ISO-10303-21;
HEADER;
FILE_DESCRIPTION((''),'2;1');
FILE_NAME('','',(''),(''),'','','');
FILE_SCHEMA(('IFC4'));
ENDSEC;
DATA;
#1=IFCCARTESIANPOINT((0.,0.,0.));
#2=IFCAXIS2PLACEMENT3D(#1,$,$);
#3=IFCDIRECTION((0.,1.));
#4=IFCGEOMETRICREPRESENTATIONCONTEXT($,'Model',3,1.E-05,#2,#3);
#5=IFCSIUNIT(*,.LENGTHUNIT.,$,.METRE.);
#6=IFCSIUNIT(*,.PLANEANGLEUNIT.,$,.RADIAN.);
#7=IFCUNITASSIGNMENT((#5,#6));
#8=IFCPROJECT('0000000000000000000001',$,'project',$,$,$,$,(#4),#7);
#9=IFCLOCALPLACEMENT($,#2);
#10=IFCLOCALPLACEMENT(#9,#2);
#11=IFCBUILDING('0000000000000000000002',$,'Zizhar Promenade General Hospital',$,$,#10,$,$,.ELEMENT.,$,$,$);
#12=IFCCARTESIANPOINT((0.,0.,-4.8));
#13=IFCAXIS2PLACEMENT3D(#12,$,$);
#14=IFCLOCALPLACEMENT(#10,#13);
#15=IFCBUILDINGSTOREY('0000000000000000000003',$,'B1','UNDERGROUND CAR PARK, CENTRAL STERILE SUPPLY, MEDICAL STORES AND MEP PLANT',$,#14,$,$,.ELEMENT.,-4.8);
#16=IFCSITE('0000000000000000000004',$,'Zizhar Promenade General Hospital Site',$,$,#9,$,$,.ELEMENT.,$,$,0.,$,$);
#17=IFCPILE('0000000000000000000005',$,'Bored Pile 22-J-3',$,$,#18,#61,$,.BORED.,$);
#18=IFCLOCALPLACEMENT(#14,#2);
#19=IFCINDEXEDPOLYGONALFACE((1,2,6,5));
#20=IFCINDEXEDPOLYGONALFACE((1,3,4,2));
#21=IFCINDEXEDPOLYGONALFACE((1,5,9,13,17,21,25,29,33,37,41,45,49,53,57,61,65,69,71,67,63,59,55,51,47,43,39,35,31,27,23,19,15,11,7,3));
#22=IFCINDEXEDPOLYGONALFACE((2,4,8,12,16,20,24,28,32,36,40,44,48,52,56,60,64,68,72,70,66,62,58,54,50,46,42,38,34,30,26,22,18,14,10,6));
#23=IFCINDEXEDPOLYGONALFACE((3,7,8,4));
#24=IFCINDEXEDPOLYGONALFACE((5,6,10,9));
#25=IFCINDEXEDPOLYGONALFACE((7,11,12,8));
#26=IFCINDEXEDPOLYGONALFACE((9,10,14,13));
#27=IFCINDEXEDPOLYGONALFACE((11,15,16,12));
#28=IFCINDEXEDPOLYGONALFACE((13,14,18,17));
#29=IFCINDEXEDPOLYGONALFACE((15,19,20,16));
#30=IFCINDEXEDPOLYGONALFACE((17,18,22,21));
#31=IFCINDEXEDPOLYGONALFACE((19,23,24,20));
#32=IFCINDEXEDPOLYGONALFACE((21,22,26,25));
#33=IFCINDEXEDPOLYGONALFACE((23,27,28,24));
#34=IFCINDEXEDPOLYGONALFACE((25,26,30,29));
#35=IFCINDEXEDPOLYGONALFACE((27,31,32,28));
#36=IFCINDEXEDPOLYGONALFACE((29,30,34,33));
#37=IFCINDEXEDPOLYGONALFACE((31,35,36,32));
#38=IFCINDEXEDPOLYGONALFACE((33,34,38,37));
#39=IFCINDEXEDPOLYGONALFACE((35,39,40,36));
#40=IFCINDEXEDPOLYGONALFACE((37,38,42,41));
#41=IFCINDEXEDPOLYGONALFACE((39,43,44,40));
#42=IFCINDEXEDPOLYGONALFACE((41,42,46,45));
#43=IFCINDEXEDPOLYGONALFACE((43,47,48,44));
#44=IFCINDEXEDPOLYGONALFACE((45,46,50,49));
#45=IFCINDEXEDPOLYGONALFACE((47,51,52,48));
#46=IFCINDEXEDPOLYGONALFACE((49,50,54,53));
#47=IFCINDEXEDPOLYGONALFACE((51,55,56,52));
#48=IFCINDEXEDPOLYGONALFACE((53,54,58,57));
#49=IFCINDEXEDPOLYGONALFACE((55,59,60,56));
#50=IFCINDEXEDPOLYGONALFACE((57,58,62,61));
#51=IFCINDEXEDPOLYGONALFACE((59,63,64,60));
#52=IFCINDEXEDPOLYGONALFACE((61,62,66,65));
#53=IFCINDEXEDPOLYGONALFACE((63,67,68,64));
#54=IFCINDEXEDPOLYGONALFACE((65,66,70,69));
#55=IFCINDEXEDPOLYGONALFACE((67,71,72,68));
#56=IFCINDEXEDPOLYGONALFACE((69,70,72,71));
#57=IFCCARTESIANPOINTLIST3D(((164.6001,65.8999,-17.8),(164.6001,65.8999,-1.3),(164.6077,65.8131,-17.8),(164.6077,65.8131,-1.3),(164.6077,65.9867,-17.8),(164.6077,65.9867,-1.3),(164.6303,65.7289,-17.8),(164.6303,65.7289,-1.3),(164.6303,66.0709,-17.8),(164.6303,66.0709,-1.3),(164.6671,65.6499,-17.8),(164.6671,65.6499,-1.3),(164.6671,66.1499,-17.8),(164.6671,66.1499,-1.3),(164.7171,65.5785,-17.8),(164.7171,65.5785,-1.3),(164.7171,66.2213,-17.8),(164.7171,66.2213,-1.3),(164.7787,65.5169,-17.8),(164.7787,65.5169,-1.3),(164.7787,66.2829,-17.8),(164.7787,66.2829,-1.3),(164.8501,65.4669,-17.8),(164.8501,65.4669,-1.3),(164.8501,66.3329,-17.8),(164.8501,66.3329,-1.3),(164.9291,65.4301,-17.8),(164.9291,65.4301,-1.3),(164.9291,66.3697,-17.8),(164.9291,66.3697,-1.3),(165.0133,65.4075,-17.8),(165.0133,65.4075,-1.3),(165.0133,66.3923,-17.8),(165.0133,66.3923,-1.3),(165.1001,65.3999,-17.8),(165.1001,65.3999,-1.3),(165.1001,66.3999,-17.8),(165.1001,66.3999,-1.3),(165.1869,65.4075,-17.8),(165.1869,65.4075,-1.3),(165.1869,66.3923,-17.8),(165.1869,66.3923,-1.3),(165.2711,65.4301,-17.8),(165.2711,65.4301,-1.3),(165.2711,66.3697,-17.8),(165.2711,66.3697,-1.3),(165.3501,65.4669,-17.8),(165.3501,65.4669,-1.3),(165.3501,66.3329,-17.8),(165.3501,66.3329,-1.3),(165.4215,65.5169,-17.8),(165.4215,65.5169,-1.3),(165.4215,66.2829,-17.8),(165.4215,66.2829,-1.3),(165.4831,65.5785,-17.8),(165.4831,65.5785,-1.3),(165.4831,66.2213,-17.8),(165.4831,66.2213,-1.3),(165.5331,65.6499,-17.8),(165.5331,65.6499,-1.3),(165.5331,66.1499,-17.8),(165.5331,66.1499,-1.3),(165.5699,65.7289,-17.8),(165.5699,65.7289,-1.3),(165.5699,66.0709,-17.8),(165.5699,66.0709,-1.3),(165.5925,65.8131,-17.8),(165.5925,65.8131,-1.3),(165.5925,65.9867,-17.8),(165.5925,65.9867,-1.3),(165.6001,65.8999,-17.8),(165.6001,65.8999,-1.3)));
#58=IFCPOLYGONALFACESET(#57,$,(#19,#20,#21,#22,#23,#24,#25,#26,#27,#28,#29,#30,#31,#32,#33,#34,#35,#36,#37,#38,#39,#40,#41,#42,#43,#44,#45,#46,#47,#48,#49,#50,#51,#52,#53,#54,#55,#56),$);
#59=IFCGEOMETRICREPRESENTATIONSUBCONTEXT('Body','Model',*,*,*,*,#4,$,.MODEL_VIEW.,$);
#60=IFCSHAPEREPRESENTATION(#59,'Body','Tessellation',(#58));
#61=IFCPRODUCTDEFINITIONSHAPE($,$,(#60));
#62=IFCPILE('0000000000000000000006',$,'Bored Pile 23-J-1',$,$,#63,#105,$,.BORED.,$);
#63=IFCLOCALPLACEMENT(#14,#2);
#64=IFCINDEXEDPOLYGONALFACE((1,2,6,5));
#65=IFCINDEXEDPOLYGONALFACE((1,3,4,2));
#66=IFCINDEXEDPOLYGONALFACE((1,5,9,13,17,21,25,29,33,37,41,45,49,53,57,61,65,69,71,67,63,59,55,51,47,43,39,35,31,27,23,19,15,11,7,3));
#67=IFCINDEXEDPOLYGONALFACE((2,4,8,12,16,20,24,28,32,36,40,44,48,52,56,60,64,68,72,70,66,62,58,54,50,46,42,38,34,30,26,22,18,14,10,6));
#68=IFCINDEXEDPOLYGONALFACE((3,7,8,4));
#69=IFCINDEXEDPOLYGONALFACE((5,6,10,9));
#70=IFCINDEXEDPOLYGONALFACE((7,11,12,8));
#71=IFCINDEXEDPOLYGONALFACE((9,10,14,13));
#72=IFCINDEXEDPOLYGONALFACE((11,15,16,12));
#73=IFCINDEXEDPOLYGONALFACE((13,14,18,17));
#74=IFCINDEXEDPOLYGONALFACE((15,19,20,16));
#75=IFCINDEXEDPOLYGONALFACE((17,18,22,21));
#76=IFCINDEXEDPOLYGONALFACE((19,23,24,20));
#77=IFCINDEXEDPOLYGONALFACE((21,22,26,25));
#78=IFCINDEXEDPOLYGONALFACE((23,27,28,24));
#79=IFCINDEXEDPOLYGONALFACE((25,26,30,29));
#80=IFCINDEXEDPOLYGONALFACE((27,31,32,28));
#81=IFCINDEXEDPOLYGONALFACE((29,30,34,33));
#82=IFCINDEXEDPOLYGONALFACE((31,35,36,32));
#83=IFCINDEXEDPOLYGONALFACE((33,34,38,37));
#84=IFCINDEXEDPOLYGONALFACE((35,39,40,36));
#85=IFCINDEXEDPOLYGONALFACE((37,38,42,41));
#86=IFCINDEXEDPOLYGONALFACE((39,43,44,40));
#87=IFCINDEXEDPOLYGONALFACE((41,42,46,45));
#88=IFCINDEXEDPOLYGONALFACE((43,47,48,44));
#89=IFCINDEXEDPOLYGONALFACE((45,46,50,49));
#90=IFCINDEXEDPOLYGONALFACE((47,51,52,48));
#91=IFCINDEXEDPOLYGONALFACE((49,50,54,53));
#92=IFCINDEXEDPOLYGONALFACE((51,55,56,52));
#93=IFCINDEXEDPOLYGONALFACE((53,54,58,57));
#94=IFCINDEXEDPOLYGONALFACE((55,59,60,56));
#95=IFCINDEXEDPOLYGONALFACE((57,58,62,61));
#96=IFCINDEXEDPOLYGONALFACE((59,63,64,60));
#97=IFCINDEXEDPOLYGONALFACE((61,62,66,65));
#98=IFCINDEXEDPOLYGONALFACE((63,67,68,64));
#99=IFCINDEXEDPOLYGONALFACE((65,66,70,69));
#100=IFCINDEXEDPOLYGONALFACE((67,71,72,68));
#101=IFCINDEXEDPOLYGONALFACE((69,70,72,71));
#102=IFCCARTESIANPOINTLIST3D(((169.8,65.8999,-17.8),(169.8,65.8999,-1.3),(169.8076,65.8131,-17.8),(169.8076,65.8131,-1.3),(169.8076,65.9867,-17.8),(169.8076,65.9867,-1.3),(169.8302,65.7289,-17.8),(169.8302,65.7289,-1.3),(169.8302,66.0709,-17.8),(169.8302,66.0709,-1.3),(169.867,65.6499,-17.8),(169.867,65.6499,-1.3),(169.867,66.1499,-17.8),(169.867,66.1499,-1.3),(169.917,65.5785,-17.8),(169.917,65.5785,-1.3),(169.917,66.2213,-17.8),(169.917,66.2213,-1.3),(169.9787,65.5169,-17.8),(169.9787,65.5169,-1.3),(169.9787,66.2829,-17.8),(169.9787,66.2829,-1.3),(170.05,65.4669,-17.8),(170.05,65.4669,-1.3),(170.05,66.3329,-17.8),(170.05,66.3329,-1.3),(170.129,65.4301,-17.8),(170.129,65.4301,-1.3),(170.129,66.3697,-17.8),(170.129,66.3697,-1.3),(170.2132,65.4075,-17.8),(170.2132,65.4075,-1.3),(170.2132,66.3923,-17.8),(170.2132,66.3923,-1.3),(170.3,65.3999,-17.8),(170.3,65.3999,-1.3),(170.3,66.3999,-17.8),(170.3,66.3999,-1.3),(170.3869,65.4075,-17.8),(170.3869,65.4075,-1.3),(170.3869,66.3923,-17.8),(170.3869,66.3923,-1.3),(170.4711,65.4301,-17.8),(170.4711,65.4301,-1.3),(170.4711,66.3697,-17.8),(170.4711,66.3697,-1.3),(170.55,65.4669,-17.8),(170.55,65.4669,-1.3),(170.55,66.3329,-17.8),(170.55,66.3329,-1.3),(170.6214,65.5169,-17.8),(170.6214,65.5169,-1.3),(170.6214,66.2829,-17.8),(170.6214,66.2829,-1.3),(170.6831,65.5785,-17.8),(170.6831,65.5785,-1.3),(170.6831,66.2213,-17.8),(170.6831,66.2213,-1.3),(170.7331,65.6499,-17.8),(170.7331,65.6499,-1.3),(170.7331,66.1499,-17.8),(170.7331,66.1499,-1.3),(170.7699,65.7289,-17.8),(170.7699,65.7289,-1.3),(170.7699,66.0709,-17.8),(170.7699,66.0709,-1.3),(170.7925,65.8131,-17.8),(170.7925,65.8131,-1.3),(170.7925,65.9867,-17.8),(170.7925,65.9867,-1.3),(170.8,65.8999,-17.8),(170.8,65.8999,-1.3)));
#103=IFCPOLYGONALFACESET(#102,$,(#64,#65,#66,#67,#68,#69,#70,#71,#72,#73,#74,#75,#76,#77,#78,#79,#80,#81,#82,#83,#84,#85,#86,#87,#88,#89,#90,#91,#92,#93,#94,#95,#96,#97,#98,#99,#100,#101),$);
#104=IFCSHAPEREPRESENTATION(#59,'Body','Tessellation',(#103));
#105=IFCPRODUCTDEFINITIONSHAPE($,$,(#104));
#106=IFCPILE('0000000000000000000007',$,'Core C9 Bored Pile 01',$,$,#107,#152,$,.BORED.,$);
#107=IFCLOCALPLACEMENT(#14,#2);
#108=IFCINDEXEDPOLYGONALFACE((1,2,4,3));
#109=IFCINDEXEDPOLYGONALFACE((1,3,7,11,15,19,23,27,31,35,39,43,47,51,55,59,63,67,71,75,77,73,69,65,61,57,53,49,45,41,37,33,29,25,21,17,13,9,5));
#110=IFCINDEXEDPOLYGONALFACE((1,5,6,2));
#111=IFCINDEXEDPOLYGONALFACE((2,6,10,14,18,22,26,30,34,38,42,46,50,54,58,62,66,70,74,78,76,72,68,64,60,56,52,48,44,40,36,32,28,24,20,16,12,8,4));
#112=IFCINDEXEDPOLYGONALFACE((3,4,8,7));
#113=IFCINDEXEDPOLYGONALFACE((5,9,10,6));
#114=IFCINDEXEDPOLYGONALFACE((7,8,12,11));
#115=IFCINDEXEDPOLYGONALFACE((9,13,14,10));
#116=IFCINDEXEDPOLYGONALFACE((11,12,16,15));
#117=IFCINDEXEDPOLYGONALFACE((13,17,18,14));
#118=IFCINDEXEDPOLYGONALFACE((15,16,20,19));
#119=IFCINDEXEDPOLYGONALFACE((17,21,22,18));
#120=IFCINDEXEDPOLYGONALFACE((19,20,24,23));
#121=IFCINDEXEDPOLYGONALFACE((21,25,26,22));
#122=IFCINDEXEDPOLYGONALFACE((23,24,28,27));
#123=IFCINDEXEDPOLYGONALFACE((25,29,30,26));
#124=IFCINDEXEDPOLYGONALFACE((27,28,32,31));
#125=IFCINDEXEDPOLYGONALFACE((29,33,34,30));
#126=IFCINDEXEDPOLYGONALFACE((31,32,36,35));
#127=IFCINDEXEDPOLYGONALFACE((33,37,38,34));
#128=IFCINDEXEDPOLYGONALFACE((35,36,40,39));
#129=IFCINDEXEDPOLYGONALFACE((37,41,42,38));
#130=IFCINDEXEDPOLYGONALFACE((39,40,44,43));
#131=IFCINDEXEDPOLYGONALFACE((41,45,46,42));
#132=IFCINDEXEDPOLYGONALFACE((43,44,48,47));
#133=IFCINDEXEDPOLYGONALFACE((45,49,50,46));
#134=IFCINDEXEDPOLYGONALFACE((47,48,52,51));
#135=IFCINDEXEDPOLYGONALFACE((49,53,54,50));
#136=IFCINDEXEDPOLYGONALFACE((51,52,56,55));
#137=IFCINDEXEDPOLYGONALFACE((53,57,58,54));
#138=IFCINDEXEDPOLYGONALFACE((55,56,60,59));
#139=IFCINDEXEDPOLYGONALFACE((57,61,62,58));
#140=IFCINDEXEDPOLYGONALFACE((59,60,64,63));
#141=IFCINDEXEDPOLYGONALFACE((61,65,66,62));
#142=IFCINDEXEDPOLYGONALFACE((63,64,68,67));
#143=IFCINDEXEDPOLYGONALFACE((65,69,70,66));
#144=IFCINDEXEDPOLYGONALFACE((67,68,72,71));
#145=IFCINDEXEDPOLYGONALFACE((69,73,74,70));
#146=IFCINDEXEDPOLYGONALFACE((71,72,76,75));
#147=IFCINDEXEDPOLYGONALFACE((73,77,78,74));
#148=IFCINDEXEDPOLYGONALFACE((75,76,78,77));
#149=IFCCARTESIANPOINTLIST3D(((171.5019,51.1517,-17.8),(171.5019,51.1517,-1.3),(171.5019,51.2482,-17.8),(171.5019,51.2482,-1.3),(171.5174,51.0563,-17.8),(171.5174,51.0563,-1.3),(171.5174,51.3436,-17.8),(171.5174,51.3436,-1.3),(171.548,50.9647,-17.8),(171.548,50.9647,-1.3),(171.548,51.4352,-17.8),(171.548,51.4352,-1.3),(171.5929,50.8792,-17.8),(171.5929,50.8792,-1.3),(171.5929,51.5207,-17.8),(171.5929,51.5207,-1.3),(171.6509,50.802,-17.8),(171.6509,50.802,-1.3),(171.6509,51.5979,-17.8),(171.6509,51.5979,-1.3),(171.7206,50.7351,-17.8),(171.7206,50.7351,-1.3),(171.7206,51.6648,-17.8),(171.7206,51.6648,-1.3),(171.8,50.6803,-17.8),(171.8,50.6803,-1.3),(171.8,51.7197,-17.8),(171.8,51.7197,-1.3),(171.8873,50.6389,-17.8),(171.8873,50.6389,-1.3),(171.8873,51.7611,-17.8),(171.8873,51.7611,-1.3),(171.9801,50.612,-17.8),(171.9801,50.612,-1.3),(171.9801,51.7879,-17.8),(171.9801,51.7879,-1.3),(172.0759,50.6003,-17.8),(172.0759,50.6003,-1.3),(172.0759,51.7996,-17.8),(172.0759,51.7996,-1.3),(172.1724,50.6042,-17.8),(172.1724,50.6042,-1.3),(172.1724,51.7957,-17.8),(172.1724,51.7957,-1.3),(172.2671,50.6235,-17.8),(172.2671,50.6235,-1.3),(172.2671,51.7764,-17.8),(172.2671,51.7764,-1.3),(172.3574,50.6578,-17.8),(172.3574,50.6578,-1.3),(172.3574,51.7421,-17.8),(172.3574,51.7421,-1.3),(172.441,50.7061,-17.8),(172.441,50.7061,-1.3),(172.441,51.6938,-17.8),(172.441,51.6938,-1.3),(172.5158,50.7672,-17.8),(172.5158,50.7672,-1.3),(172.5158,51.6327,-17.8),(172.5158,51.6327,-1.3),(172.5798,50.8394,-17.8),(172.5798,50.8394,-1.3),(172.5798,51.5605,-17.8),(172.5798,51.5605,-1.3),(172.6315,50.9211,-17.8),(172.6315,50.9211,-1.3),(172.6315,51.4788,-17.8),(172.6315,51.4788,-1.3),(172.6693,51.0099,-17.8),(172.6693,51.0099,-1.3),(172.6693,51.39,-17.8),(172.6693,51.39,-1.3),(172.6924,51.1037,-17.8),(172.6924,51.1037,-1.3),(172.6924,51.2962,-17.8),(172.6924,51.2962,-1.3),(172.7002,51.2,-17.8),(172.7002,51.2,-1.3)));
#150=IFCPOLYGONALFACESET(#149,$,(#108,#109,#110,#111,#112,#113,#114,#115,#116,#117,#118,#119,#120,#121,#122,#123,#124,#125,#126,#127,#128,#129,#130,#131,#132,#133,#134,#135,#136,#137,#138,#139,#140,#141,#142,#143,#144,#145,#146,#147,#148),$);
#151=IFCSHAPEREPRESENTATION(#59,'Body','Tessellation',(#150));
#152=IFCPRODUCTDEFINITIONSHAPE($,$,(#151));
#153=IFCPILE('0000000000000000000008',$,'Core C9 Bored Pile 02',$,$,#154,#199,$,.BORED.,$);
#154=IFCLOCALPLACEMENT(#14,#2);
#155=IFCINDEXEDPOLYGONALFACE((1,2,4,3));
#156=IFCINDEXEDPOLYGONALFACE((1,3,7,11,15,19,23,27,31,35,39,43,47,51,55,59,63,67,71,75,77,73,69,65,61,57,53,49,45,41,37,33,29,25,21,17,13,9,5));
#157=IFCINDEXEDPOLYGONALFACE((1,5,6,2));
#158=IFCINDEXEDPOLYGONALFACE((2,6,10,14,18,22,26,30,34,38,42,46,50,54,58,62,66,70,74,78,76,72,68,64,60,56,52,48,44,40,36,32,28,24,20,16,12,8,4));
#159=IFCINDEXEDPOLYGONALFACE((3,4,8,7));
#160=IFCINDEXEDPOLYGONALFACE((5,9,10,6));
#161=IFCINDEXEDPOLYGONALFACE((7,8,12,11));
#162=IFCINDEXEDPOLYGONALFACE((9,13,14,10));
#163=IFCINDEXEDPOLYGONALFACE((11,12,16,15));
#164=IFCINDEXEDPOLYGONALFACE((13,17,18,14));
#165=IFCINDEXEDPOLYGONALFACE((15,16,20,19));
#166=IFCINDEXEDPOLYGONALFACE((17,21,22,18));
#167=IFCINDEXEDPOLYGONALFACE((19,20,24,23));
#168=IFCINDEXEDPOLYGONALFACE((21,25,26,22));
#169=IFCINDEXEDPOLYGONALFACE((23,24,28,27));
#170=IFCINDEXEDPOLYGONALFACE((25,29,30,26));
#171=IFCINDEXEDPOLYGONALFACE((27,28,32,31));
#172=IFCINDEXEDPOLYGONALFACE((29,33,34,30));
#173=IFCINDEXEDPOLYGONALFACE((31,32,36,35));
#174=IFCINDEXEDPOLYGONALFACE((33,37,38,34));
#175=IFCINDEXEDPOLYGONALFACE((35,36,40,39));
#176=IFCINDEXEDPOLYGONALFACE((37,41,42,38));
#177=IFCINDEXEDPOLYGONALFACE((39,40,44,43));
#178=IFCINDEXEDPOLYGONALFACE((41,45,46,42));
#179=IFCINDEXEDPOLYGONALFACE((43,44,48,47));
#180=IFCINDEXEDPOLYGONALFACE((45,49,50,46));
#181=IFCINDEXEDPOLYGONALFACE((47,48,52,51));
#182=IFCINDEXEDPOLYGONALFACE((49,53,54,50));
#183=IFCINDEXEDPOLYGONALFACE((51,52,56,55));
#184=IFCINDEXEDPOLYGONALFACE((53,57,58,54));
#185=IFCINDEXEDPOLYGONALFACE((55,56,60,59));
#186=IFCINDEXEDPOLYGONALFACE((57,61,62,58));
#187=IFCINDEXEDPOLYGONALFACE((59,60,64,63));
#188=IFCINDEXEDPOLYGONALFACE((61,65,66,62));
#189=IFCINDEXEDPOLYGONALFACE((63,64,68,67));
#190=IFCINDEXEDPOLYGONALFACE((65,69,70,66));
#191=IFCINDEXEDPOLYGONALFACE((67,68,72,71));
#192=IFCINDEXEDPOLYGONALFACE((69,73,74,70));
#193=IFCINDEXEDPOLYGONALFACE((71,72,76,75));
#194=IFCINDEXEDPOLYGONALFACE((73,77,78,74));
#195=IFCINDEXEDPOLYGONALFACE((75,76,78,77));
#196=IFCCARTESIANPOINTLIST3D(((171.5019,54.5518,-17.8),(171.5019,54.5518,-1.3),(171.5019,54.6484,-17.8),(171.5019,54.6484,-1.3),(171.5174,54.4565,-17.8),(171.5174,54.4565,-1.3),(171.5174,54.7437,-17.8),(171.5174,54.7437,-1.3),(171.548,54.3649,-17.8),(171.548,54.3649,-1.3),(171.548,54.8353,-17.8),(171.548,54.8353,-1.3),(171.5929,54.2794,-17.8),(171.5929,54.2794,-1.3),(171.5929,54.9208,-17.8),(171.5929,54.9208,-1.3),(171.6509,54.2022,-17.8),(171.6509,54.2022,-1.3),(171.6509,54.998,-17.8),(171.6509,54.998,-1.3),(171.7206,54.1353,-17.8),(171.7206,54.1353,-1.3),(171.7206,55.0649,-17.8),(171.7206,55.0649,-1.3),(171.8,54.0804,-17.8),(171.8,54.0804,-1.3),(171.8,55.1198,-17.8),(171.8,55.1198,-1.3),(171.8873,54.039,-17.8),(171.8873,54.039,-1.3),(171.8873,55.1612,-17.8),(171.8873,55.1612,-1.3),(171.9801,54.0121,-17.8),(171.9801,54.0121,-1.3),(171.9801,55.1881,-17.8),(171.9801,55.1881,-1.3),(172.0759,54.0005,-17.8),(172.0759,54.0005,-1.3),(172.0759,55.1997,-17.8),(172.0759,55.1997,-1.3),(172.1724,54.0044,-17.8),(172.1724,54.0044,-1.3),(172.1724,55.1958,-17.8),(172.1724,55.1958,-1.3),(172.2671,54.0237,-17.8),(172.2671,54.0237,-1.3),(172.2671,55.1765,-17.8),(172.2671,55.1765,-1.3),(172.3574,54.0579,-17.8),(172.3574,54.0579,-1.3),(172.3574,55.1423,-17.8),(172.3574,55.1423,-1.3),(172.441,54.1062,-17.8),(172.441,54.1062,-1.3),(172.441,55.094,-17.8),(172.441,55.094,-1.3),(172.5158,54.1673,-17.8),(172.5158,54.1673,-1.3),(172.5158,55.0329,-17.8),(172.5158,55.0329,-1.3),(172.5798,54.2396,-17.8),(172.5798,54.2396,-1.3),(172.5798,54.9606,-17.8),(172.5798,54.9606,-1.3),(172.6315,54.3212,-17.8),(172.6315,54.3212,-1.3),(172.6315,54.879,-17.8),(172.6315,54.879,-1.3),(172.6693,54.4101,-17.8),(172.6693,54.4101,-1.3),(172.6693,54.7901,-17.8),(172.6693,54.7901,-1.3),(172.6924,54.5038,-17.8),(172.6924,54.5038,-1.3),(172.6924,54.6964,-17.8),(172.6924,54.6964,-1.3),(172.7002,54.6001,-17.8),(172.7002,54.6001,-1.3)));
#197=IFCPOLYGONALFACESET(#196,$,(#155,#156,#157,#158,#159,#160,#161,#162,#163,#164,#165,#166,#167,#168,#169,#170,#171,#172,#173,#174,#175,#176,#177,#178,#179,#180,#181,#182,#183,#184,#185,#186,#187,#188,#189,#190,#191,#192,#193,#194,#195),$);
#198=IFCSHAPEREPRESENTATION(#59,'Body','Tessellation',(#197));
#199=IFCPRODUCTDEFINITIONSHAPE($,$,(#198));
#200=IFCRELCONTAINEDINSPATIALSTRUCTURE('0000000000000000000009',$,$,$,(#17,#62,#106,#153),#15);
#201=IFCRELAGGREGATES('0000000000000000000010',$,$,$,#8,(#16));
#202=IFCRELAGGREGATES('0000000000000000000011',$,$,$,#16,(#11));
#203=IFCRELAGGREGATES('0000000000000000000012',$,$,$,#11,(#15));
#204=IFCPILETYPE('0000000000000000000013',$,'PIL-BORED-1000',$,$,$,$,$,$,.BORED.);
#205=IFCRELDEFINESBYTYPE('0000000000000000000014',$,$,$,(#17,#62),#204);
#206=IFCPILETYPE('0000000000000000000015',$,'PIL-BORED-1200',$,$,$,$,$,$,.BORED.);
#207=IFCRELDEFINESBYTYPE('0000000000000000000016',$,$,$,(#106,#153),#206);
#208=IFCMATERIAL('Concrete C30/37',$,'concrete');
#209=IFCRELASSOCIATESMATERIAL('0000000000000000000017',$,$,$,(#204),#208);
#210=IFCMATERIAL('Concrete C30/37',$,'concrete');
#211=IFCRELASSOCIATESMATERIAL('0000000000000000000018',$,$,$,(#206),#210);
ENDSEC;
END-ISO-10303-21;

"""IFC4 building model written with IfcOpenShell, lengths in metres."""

from ifc_helpers import new_model, si_unit, direction, frame, origin, origin_2d, place, context, subcontext, project, spatial, circle, extrude, material, material_profile, profile_set, type_object, element, save


model = new_model("IFC4")

# Units and contexts
model_context = context("Model", 3, precision=1e-05, world=origin(), true_north=direction((0.0, 1.0)))
body_context = subcontext(model_context, "Body", "Model", "MODEL_VIEW")
ifc_project = project(units=[si_unit("LENGTHUNIT", "METRE"), si_unit("PLANEANGLEUNIT", "RADIAN")], contexts=[model_context])

# Site, building, storey
site_placement = place(None, origin())
site = spatial("IfcSite", under=ifc_project, at=site_placement, Name="Zizhar Promenade General Hospital Site", CompositionType="ELEMENT", RefElevation=0.0)
building_placement = place(site_placement, origin())
building = spatial("IfcBuilding", under=site, at=building_placement, Name="Zizhar Promenade General Hospital", CompositionType="ELEMENT")
storey_placement = place(building_placement, frame((0.0, 0.0, -4.8)))
storey = spatial("IfcBuildingStorey", under=building, at=storey_placement, Name="B1", Description="UNDERGROUND CAR PARK, CENTRAL STERILE SUPPLY, MEDICAL STORES AND MEP PLANT", CompositionType="ELEMENT", Elevation=-4.8)

# Piles
ifc_material_1 = material(Name="Concrete C30/37", Category="concrete")
ifc_material_profile_1 = material_profile(ifc_material_1, circle(Radius=0.5, at=origin_2d()))
ifc_profile_set_1 = profile_set([ifc_material_profile_1], Name="Concrete C30/37")
pile_type_1 = type_object("IfcPileType", Name="PIL-BORED-1000", PredefinedType="BORED", material=ifc_profile_set_1)
for number, where, z_axis, x_axis, name in (
    (1, (165.1001, 65.8999, -1.3), (0.0, 0.0, -1.0), (1.0, 0.0, 0.0), "Bored Pile 22-J-3"),
    (2, (170.3, 65.8999, -1.3), (0.0, 0.0, -1.0), (1.0, 0.0, 0.0), "Bored Pile 23-J-1"),
):
    element("IfcPile", number, at=place(storey_placement, frame(where, z_axis=z_axis, x_axis=x_axis)), inside=storey, type_object=pile_type_1, Name=name, PredefinedType="BORED", context=body_context, shape_type="SweptSolid", body=[
        extrude(circle(Radius=0.5, at=origin_2d()), origin(), (0.0, 0.0, 1.0), 16.5),
    ])
ifc_material_2 = material(Name="Concrete C30/37", Category="concrete")
ifc_material_profile_2 = material_profile(ifc_material_2, circle(Radius=0.6001, at=origin_2d()))
ifc_profile_set_2 = profile_set([ifc_material_profile_2], Name="Concrete C30/37")
pile_type_2 = type_object("IfcPileType", Name="PIL-BORED-1200", PredefinedType="BORED", material=ifc_profile_set_2)
for number, where, z_axis, x_axis, name in (
    (3, (172.1001, 51.2, -1.3), (0.0, 0.0, -1.0), (1.0, 0.0, 0.0), "Core C9 Bored Pile 01"),
    (4, (172.1001, 54.6001, -1.3), (0.0, 0.0, -1.0), (1.0, 0.0, 0.0), "Core C9 Bored Pile 02"),
):
    element("IfcPile", number, at=place(storey_placement, frame(where, z_axis=z_axis, x_axis=x_axis)), inside=storey, type_object=pile_type_2, Name=name, PredefinedType="BORED", context=body_context, shape_type="SweptSolid", body=[
        extrude(circle(Radius=0.6001, at=origin_2d()), origin(), (0.0, 0.0, 1.0), 16.5),
    ])

save(model, "model.ifc")
